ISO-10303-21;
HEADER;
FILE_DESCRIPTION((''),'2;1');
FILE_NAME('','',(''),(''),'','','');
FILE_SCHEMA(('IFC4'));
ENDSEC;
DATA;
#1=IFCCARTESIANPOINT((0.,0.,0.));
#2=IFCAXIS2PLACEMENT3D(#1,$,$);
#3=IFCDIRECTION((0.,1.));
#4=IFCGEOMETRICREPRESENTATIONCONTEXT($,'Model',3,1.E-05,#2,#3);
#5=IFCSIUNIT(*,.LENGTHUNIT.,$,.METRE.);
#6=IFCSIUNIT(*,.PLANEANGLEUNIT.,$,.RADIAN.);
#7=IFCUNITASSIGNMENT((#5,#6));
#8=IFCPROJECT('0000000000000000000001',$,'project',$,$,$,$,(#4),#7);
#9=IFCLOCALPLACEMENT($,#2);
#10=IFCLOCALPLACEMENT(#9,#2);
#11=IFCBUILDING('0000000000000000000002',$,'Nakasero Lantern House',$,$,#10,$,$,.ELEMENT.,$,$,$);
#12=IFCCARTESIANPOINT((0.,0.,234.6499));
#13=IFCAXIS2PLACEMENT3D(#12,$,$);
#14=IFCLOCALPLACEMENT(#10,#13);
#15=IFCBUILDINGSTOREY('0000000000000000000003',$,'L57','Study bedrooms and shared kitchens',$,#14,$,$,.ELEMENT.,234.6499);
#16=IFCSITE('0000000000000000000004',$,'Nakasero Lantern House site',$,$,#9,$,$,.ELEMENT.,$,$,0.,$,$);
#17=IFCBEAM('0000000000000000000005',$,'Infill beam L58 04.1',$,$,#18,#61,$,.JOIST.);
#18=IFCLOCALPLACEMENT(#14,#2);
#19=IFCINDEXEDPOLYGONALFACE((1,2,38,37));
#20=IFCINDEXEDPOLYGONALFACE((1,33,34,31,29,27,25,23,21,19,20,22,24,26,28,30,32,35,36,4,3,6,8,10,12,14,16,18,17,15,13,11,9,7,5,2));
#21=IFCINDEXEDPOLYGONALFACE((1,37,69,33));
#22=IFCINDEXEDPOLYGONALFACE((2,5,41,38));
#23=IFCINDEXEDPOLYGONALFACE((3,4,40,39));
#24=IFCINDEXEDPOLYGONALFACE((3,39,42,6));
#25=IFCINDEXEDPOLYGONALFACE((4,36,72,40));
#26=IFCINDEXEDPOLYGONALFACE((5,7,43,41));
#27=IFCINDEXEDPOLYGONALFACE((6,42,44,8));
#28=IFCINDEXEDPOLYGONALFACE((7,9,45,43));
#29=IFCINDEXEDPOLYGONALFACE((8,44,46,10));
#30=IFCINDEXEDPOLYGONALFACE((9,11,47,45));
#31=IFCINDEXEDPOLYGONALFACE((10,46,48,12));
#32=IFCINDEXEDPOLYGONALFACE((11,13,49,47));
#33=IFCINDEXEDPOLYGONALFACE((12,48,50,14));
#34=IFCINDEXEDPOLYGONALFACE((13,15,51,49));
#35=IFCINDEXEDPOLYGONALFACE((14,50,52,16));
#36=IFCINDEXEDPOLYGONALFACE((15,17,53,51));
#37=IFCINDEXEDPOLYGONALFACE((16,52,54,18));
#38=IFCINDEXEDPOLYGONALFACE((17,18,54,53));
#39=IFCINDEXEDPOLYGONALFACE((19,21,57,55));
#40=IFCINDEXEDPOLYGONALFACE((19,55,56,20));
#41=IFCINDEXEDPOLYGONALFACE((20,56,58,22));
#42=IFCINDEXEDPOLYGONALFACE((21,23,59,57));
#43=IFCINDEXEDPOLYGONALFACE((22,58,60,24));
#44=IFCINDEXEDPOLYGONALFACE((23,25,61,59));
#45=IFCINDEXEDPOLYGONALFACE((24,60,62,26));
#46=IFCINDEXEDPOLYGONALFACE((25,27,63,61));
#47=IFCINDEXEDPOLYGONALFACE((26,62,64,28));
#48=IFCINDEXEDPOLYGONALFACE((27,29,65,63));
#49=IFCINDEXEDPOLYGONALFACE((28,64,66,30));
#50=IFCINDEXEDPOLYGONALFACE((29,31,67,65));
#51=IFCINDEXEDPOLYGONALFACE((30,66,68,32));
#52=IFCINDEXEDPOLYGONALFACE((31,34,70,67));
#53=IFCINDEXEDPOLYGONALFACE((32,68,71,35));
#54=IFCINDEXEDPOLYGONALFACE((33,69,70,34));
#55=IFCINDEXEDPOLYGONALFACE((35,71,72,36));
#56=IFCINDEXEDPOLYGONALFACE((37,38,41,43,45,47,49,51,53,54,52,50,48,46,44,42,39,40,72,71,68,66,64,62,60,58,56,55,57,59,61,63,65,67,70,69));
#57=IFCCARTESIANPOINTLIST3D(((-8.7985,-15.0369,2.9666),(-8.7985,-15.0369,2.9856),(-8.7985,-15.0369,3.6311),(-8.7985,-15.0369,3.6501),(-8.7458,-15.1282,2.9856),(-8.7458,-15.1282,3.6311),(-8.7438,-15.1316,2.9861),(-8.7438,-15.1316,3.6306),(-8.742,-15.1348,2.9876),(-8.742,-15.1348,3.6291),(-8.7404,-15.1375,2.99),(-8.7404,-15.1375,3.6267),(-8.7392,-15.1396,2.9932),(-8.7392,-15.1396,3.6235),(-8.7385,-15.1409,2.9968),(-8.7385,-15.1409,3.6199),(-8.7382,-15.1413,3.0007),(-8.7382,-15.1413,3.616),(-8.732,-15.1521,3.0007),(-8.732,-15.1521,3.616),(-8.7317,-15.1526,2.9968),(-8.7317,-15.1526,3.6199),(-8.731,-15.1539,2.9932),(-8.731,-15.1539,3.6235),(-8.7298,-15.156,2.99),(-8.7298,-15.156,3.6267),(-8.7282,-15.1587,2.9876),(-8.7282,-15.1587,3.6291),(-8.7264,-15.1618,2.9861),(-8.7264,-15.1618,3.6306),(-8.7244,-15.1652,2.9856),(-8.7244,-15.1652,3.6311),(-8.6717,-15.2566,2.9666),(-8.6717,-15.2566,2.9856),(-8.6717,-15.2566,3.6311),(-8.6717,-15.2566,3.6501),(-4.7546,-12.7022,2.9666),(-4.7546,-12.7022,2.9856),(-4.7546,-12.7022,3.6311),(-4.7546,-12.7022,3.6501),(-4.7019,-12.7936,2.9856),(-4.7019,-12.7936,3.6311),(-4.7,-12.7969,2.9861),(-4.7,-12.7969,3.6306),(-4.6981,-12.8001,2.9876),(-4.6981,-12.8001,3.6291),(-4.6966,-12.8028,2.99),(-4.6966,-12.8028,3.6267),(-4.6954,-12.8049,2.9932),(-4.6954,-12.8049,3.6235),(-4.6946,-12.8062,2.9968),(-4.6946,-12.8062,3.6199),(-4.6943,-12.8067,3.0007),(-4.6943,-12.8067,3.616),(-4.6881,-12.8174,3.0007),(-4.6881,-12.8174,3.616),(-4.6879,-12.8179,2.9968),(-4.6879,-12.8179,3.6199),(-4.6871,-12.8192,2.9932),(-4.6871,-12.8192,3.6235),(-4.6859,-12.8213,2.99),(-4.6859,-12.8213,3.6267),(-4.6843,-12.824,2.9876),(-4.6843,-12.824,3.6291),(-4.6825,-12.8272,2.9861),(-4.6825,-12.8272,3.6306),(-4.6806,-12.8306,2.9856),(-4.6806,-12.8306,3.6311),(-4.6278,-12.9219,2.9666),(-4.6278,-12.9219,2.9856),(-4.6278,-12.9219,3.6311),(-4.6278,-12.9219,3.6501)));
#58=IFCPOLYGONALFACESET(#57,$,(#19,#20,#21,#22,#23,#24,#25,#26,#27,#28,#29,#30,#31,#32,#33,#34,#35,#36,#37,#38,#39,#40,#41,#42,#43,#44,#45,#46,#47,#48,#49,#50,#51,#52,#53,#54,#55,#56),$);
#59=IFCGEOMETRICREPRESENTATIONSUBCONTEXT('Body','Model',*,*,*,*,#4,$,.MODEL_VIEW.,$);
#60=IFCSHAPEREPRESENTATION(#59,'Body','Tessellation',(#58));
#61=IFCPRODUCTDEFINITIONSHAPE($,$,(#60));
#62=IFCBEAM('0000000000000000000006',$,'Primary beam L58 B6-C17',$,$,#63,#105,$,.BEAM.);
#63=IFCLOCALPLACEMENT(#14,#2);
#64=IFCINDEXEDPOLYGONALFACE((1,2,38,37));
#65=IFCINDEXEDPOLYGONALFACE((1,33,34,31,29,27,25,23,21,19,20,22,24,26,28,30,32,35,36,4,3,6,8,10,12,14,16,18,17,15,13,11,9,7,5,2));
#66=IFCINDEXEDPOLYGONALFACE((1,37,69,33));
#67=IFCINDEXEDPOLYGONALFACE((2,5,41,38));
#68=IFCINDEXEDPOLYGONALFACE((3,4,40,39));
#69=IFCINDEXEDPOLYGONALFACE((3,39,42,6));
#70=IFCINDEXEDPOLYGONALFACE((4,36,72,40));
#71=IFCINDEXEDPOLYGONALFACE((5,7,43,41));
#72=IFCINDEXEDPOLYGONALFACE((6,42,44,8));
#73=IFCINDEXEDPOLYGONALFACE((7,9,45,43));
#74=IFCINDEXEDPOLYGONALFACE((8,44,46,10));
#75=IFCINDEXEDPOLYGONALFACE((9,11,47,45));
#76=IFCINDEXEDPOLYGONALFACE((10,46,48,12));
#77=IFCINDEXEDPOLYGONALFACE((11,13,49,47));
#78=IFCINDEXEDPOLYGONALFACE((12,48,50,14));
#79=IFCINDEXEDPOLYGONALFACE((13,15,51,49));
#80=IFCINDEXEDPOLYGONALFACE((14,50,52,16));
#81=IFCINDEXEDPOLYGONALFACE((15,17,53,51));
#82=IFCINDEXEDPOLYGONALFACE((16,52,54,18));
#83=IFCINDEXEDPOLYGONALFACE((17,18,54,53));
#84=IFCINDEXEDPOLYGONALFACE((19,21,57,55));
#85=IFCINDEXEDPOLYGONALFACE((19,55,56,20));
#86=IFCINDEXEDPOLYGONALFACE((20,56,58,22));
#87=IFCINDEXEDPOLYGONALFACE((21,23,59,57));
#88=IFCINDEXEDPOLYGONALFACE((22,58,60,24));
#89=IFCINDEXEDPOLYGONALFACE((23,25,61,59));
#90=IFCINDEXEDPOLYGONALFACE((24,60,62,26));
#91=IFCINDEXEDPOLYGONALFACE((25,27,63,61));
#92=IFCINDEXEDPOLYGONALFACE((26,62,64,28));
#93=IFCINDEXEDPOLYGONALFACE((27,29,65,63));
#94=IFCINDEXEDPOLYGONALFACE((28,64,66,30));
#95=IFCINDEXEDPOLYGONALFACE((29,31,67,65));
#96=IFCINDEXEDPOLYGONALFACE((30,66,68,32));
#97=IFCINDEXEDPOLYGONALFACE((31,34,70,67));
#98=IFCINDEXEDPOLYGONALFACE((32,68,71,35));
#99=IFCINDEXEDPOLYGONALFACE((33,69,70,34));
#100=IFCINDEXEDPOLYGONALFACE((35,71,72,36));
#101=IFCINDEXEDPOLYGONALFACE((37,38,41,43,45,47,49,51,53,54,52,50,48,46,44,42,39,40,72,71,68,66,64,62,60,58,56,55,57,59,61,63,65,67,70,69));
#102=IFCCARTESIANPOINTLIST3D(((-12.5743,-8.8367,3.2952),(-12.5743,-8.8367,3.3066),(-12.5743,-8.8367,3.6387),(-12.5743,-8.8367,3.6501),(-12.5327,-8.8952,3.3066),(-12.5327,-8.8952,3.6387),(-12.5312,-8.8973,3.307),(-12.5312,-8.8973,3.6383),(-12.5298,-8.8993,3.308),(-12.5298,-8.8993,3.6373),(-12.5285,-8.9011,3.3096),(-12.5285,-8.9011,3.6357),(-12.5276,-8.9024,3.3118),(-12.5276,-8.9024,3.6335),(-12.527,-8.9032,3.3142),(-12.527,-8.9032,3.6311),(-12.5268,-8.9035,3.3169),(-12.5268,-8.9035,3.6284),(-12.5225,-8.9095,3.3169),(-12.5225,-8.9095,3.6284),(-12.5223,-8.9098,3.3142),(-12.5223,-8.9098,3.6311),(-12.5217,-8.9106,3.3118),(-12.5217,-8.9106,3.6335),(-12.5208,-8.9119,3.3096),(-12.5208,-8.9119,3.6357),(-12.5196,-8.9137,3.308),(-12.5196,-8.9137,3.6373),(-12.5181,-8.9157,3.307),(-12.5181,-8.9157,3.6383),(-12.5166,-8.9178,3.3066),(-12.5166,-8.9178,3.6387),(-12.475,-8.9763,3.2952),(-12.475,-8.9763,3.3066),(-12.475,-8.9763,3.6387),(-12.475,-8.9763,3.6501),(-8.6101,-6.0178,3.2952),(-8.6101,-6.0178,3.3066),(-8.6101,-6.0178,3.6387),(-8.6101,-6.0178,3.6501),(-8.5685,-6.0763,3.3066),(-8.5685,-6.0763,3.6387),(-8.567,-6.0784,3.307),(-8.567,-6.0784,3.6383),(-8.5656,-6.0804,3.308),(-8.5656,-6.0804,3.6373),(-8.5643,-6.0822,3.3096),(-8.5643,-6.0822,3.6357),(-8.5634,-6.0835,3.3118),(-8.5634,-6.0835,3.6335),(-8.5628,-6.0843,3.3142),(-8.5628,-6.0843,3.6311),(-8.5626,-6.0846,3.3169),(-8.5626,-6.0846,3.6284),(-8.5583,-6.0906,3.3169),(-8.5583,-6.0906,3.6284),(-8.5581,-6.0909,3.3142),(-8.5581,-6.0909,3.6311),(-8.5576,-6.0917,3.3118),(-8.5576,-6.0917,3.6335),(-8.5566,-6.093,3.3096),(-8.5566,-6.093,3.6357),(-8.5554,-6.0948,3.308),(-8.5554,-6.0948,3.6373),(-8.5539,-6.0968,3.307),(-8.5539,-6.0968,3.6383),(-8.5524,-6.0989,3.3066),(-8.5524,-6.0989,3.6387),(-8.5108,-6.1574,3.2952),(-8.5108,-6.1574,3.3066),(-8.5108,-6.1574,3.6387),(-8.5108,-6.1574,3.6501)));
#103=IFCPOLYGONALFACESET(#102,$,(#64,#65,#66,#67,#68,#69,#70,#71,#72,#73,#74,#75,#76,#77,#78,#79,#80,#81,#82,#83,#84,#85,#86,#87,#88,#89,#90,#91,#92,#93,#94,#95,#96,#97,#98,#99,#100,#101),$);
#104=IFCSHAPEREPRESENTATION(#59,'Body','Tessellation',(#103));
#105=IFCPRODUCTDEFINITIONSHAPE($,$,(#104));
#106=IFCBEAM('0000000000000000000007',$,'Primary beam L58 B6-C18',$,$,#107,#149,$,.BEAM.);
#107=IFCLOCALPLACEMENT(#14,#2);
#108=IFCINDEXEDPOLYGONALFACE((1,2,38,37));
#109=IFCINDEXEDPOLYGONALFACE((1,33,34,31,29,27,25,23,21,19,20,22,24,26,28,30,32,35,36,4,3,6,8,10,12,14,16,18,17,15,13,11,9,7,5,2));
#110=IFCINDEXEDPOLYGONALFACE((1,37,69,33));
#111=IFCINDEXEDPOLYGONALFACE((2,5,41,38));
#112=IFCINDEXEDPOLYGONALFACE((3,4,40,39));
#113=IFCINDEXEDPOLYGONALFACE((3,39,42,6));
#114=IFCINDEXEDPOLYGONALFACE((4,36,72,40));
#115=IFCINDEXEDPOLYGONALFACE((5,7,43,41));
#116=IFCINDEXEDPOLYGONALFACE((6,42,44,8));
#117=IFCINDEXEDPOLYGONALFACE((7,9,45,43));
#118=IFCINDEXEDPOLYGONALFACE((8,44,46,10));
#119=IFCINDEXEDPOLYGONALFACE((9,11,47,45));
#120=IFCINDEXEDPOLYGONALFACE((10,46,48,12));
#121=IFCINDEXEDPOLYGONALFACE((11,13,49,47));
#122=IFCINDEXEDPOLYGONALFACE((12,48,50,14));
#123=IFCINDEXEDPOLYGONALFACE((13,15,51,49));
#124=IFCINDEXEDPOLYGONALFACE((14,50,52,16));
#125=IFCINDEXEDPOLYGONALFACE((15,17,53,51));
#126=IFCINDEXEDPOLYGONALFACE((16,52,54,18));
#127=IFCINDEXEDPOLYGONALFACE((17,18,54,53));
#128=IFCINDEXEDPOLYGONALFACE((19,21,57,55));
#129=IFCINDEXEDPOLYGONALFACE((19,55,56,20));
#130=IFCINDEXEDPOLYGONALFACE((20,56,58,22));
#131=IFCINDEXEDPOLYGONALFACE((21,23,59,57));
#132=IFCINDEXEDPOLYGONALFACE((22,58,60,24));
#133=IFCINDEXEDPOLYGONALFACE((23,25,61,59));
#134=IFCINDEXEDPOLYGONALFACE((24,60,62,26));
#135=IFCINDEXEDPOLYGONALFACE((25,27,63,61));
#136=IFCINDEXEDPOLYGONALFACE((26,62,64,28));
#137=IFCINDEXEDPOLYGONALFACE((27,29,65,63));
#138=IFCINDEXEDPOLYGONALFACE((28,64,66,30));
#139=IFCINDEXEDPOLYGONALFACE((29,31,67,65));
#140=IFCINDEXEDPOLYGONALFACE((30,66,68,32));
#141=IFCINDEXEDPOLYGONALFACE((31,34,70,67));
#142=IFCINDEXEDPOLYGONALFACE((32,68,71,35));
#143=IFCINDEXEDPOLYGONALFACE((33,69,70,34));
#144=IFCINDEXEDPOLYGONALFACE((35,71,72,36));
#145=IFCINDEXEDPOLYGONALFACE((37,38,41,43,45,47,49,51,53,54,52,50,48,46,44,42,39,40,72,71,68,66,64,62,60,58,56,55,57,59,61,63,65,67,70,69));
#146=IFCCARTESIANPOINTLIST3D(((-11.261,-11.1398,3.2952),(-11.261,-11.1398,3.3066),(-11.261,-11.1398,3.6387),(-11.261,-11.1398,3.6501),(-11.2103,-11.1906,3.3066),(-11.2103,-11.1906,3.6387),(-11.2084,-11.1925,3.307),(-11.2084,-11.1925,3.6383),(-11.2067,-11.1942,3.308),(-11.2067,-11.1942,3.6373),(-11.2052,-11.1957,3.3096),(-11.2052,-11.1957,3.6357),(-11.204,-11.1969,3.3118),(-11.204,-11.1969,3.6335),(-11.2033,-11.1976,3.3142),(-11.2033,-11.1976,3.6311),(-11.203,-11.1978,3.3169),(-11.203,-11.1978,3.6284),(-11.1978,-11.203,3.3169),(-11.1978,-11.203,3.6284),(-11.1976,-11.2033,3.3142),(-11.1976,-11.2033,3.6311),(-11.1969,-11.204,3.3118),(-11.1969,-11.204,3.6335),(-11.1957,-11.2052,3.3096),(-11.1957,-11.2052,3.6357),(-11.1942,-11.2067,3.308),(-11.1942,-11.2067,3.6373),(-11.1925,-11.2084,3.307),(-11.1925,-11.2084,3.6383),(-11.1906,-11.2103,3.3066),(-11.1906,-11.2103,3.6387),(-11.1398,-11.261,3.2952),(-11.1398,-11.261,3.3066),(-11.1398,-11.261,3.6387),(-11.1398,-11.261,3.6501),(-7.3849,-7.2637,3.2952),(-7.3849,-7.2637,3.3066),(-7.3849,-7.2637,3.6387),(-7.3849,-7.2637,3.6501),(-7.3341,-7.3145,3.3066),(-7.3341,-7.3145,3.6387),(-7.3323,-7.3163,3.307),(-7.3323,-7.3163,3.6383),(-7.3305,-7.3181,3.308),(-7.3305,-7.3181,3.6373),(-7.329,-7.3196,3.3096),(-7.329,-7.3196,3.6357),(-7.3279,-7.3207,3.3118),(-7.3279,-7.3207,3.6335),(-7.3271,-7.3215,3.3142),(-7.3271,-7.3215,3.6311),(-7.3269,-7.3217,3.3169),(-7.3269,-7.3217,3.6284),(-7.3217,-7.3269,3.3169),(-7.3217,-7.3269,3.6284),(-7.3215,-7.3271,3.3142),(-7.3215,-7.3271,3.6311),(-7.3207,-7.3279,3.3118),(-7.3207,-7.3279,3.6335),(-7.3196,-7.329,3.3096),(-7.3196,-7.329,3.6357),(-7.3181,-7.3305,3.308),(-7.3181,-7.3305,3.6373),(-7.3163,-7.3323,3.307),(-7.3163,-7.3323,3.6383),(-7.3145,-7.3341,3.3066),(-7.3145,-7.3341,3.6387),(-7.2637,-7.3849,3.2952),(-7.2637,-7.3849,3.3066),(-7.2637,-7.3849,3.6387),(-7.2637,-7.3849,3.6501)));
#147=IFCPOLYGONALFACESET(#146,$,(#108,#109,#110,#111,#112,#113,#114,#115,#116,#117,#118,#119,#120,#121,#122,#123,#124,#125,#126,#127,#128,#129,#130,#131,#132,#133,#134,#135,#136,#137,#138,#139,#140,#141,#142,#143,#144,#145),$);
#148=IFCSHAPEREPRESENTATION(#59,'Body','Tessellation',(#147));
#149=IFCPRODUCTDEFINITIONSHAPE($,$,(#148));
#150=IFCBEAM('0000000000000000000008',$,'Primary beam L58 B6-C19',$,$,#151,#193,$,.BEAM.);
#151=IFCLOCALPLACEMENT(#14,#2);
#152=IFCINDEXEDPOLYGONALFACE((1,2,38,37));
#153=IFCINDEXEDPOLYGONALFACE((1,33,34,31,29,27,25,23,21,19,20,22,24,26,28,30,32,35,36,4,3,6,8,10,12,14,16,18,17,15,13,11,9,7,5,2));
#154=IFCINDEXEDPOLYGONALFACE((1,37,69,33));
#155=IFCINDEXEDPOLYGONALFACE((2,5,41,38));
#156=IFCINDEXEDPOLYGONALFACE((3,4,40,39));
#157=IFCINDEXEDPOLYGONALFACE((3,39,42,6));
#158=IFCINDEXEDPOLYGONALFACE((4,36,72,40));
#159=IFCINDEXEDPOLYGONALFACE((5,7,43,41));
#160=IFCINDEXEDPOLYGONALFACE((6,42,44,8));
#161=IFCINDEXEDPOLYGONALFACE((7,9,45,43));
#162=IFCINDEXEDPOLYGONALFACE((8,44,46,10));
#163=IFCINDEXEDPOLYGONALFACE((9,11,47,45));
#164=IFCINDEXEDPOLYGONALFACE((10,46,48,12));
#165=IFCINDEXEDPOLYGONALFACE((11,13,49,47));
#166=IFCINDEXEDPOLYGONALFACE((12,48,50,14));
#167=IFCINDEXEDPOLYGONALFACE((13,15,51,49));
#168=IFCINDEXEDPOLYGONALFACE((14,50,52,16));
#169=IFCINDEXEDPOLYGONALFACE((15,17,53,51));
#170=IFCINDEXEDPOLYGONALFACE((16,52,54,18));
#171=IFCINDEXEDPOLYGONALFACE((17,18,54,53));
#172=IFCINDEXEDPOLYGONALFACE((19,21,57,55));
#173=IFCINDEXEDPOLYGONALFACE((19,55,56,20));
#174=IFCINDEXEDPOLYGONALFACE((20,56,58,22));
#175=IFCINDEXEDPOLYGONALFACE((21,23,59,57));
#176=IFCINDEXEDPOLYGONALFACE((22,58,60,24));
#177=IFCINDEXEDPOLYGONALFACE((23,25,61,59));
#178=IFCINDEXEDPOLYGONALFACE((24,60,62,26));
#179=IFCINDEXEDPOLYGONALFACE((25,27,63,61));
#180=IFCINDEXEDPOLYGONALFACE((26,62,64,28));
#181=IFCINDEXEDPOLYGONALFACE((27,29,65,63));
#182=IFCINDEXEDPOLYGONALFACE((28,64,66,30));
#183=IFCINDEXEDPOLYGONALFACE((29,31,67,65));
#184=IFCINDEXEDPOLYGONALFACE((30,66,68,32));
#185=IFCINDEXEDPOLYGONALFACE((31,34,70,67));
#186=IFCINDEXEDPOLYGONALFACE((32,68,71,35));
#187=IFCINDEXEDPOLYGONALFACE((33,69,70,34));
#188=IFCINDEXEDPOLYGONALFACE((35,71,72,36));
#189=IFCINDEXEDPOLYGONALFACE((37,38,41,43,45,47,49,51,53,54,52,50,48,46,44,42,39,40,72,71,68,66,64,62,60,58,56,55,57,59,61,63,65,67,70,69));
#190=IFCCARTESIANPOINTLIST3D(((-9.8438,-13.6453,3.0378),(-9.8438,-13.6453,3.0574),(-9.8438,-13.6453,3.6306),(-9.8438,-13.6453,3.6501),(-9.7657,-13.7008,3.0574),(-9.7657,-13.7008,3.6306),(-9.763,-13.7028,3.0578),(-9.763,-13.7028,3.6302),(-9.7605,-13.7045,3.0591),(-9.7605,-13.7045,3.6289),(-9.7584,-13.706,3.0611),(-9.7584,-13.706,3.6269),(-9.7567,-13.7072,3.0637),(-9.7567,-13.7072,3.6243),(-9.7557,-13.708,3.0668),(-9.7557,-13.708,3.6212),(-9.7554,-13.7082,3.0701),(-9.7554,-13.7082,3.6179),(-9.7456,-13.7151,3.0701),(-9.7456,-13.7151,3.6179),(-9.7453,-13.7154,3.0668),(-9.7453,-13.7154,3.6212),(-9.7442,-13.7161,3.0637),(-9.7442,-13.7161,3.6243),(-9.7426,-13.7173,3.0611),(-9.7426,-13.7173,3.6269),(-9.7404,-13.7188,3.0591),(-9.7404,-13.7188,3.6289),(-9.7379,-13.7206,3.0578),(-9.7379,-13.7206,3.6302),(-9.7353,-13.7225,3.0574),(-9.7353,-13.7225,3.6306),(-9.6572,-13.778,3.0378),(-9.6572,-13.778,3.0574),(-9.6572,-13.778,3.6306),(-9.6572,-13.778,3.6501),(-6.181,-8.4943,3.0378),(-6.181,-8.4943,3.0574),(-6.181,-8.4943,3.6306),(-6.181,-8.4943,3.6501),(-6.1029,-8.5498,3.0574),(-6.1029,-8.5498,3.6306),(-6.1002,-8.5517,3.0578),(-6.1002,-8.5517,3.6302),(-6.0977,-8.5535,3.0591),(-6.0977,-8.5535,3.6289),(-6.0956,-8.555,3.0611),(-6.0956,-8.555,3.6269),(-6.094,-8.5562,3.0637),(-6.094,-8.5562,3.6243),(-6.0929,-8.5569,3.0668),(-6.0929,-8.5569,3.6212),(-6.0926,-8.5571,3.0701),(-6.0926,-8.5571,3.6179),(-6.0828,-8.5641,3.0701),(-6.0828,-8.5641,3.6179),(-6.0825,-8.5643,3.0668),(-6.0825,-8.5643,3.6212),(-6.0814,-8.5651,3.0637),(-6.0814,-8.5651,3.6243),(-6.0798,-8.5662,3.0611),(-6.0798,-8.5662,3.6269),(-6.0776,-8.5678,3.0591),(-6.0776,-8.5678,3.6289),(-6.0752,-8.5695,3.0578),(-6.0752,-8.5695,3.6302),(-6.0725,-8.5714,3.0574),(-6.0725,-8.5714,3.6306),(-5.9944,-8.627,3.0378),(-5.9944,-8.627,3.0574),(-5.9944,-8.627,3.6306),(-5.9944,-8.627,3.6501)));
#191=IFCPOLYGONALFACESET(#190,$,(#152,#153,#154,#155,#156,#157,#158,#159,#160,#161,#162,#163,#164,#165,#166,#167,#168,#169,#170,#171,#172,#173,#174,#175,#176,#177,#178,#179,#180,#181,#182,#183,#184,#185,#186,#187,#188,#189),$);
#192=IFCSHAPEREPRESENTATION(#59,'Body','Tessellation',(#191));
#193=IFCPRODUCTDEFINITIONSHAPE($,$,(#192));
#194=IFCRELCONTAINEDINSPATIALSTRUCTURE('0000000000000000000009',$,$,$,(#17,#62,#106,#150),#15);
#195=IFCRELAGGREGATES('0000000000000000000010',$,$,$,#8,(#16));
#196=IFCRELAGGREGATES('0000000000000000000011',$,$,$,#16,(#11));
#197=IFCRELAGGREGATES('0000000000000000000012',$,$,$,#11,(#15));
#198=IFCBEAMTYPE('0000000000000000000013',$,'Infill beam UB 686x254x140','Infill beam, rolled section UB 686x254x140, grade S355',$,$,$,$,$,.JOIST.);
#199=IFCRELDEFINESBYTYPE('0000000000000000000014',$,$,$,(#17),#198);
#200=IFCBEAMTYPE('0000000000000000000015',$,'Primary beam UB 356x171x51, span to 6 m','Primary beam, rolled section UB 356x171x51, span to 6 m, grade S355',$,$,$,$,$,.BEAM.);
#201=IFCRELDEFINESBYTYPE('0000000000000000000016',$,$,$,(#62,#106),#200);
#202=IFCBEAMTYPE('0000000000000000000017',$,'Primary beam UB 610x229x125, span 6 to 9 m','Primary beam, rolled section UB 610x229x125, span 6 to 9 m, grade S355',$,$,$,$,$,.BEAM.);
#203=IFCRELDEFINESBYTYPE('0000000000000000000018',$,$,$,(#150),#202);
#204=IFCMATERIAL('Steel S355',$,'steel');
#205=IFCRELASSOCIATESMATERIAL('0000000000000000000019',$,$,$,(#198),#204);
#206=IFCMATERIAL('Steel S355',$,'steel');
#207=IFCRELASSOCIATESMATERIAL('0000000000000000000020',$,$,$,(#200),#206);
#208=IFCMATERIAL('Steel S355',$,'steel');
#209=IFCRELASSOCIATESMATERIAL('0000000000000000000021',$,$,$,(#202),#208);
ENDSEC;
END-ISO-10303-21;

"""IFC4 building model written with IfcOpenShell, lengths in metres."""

from ifc_helpers import new_model, si_unit, direction, frame, origin, origin_2d, place, context, subcontext, project, spatial, i_section, extrude, material, material_profile, profile_set, type_object, element, save


model = new_model("IFC4")

# Units and contexts
model_context = context("Model", 3, precision=1e-05, world=origin(), true_north=direction((0.0, 1.0)))
body_context = subcontext(model_context, "Body", "Model", "MODEL_VIEW")
ifc_project = project(units=[si_unit("LENGTHUNIT", "METRE"), si_unit("PLANEANGLEUNIT", "RADIAN")], contexts=[model_context])

# Site, building, storey
site_placement = place(None, origin())
site = spatial("IfcSite", under=ifc_project, at=site_placement, Name="Nakasero Lantern House site", CompositionType="ELEMENT", RefElevation=0.0)
building_placement = place(site_placement, origin())
building = spatial("IfcBuilding", under=site, at=building_placement, Name="Nakasero Lantern House", CompositionType="ELEMENT")
storey_placement = place(building_placement, frame((0.0, 0.0, 234.6499)))
storey = spatial("IfcBuildingStorey", under=building, at=storey_placement, Name="L57", Description="Study bedrooms and shared kitchens", CompositionType="ELEMENT", Elevation=234.6499)

# Beams
ifc_material_1 = material(Name="Steel S355", Category="steel")
ifc_material_profile_1 = material_profile(ifc_material_1, i_section(OverallWidth=0.2537, OverallDepth=0.6836, WebThickness=0.0125, FlangeThickness=0.019, FilletRadius=0.0151, at=origin_2d()), Name="UB 686x254x140")
ifc_profile_set_1 = profile_set([ifc_material_profile_1], Name="Steel S355")
beam_type_1 = type_object("IfcBeamType", Name="Infill beam UB 686x254x140", Description="Infill beam, rolled section UB 686x254x140, grade S355", PredefinedType="JOIST", material=ifc_profile_set_1)
beam_1_placement = place(storey_placement, frame((-8.7351, -15.1467, 3.3083), z_axis=(0.866031, 0.499991, 0.0), x_axis=(-0.499991, 0.866031, 0.0)))
element("IfcBeam", 1, at=beam_1_placement, inside=storey, type_object=beam_type_1, Name="Infill beam L58 04.1", PredefinedType="JOIST", context=body_context, shape_type="SweptSolid", body=[
    extrude(i_section(OverallWidth=0.2537, OverallDepth=0.6836, WebThickness=0.0125, FlangeThickness=0.019, FilletRadius=0.0151, at=origin_2d()), origin(), (0.0, 0.0, 1.0), 4.6694),
])
ifc_material_2 = material(Name="Steel S355", Category="steel")
ifc_material_profile_2 = material_profile(ifc_material_2, i_section(OverallWidth=0.1714, OverallDepth=0.355, WebThickness=0.0073, FlangeThickness=0.0115, FilletRadius=0.0103, at=origin_2d()), Name="UB 356x171x51")
ifc_profile_set_2 = profile_set([ifc_material_profile_2], Name="Steel S355")
beam_type_2 = type_object("IfcBeamType", Name="Primary beam UB 356x171x51, span to 6 m", Description="Primary beam, rolled section UB 356x171x51, span to 6 m, grade S355", PredefinedType="BEAM", material=ifc_profile_set_2)
beam_2_placement = place(storey_placement, frame((-12.5247, -8.9065, 3.4727), z_axis=(0.814963, 0.579513, 0.0), x_axis=(-0.579513, 0.814963, 0.0)))
element("IfcBeam", 2, at=beam_2_placement, inside=storey, type_object=beam_type_2, Name="Primary beam L58 B6-C17", PredefinedType="BEAM", context=body_context, shape_type="SweptSolid", body=[
    extrude(i_section(OverallWidth=0.1714, OverallDepth=0.355, WebThickness=0.0073, FlangeThickness=0.0115, FilletRadius=0.0103, at=origin_2d()), origin(), (0.0, 0.0, 1.0), 4.8643),
])
beam_3_placement = place(storey_placement, frame((-11.2004, -11.2004, 3.4727), z_axis=(0.707107, 0.707107, 0.0), x_axis=(-0.707107, 0.707107, 0.0)))
element("IfcBeam", 3, at=beam_3_placement, inside=storey, type_object=beam_type_2, Name="Primary beam L58 B6-C18", PredefinedType="BEAM", context=body_context, shape_type="SweptSolid", body=[
    extrude(i_section(OverallWidth=0.1714, OverallDepth=0.355, WebThickness=0.0073, FlangeThickness=0.0115, FilletRadius=0.0103, at=origin_2d()), origin(), (0.0, 0.0, 1.0), 5.4817),
])
ifc_material_3 = material(Name="Steel S355", Category="steel")
ifc_material_profile_3 = material_profile(ifc_material_3, i_section(OverallWidth=0.229, OverallDepth=0.6123, WebThickness=0.012, FlangeThickness=0.0195, FilletRadius=0.0127, at=origin_2d()), Name="UB 610x229x125")
ifc_profile_set_3 = profile_set([ifc_material_profile_3], Name="Steel S355")
beam_type_3 = type_object("IfcBeamType", Name="Primary beam UB 610x229x125, span 6 to 9 m", Description="Primary beam, rolled section UB 610x229x125, span 6 to 9 m, grade S355", PredefinedType="BEAM", material=ifc_profile_set_3)
beam_4_placement = place(storey_placement, frame((-9.7505, -13.7117, 3.344), z_axis=(0.579505, 0.814969, 0.0), x_axis=(-0.814969, 0.579505, 0.0)))
element("IfcBeam", 4, at=beam_4_placement, inside=storey, type_object=beam_type_3, Name="Primary beam L58 B6-C19", PredefinedType="BEAM", context=body_context, shape_type="SweptSolid", body=[
    extrude(i_section(OverallWidth=0.229, OverallDepth=0.6123, WebThickness=0.012, FlangeThickness=0.0195, FilletRadius=0.0127, at=origin_2d()), origin(), (0.0, 0.0, 1.0), 6.3206),
])

save(model, "model.ifc")
